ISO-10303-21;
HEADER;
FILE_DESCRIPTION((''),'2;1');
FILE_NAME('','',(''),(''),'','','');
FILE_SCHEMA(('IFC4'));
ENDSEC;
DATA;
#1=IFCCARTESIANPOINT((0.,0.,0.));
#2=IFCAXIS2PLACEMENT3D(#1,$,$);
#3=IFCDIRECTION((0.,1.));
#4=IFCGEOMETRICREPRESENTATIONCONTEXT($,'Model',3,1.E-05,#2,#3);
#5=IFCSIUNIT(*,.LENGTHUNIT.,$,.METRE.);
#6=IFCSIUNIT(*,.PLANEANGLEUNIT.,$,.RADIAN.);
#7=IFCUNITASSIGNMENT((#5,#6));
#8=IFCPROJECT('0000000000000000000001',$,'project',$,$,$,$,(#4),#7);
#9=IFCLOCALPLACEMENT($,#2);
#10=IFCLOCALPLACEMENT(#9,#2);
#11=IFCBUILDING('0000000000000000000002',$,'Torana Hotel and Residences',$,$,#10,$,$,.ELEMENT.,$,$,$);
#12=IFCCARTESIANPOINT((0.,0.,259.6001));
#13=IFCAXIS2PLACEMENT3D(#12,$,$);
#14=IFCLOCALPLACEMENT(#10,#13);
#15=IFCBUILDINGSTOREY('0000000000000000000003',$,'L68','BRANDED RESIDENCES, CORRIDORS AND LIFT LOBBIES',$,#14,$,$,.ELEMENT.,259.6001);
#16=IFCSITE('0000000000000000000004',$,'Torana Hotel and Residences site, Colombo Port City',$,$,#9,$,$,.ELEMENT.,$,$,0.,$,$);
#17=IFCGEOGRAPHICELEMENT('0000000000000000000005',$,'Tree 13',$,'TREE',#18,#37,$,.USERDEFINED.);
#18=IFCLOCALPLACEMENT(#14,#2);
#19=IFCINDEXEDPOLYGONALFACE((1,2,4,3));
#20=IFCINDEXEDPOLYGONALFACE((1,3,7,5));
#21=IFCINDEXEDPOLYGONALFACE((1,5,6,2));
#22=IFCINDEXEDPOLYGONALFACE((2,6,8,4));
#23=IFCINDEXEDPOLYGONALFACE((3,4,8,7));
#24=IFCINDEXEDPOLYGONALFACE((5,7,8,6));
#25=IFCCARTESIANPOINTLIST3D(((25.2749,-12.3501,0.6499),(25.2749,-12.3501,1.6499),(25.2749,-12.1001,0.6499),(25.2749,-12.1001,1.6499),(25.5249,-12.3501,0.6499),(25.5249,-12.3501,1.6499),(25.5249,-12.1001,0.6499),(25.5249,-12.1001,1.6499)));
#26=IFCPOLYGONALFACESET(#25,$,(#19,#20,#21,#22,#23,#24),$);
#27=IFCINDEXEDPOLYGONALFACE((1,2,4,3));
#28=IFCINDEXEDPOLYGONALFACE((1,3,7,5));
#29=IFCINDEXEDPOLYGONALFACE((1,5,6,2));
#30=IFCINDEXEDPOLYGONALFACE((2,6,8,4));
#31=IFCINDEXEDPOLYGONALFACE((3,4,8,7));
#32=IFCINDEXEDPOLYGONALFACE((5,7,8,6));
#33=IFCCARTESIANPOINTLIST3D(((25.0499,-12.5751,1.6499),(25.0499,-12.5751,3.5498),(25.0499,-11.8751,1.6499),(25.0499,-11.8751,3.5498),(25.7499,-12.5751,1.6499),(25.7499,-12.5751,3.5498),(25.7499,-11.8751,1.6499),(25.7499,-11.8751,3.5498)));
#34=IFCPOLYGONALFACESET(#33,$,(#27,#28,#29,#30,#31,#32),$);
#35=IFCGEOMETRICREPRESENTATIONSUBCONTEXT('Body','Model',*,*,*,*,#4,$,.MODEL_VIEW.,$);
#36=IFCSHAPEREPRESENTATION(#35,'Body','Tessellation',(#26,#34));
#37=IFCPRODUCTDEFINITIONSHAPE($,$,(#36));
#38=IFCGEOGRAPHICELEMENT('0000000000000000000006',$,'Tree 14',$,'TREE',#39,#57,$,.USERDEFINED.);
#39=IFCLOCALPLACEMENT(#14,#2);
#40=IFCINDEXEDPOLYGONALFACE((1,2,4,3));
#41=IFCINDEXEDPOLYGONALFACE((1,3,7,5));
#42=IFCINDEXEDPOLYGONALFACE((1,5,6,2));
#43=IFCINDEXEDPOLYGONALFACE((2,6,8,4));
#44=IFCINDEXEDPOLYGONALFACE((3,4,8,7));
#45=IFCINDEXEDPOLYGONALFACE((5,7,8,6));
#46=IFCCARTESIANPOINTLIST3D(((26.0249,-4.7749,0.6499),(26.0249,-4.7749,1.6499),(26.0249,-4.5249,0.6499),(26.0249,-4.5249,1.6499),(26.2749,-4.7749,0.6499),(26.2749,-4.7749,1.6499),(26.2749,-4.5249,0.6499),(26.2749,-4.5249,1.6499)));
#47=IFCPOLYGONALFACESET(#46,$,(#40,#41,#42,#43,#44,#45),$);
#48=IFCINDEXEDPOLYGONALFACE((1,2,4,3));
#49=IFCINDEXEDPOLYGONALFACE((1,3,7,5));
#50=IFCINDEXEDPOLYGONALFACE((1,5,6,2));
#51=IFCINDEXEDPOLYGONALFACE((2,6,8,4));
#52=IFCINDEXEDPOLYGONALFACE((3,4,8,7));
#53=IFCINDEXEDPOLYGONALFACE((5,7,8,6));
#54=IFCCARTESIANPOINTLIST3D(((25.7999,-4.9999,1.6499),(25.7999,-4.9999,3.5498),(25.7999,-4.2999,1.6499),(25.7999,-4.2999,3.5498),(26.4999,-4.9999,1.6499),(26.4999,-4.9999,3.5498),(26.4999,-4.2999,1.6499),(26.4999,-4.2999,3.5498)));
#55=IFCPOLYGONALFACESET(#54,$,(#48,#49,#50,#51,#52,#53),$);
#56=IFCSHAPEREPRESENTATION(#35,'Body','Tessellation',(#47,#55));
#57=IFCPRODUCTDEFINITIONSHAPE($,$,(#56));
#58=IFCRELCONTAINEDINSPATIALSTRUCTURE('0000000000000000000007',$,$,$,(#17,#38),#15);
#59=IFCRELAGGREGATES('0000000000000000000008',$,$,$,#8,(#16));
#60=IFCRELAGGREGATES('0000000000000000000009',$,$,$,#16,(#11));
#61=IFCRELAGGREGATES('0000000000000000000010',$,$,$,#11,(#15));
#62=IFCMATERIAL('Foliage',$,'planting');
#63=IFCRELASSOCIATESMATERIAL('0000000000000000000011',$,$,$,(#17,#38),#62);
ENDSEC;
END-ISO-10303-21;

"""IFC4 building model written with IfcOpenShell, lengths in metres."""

from ifc_helpers import new_model, si_unit, direction, frame, origin, origin_2d, place, context, subcontext, project, spatial, rectangle, extrude, material, element, save


model = new_model("IFC4")

# Units and contexts
model_context = context("Model", 3, precision=1e-05, world=origin(), true_north=direction((0.0, 1.0)))
body_context = subcontext(model_context, "Body", "Model", "MODEL_VIEW")
ifc_project = project(units=[si_unit("LENGTHUNIT", "METRE"), si_unit("PLANEANGLEUNIT", "RADIAN")], contexts=[model_context])

# Site, building, storey
site_placement = place(None, origin())
site = spatial("IfcSite", under=ifc_project, at=site_placement, Name="Torana Hotel and Residences site, Colombo Port City", CompositionType="ELEMENT", RefElevation=0.0)
building_placement = place(site_placement, origin())
building = spatial("IfcBuilding", under=site, at=building_placement, Name="Torana Hotel and Residences", CompositionType="ELEMENT")
storey_placement = place(building_placement, frame((0.0, 0.0, 259.6001)))
storey = spatial("IfcBuildingStorey", under=building, at=storey_placement, Name="L68", Description="BRANDED RESIDENCES, CORRIDORS AND LIFT LOBBIES", CompositionType="ELEMENT", Elevation=259.6001)

# Geographic elements
ifc_material_1 = material(Name="Foliage", Category="planting")
for number, where, z_axis, x_axis, name in (
    (1, (25.3999, -12.2251, 0.6499), (0.0, 0.0, 1.0), (1.0, 0.0, 0.0), "Tree 13"),
    (2, (26.1499, -4.6499, 0.6499), (0.0, 0.0, 1.0), (1.0, 0.0, 0.0), "Tree 14"),
):
    element("IfcGeographicElement", number, at=place(storey_placement, frame(where, z_axis=z_axis, x_axis=x_axis)), inside=storey, material=ifc_material_1, Name=name, ObjectType="TREE", PredefinedType="USERDEFINED", context=body_context, shape_type="SweptSolid", body=[
        extrude(rectangle(XDim=0.25, YDim=0.25, at=origin_2d()), origin(), (0.0, 0.0, 1.0), 1.0),
        extrude(rectangle(XDim=0.7, YDim=0.7, at=origin_2d()), frame((0.0, 0.0, 1.0)), (0.0, 0.0, 1.0), 1.8999),
    ])

save(model, "model.ifc")
